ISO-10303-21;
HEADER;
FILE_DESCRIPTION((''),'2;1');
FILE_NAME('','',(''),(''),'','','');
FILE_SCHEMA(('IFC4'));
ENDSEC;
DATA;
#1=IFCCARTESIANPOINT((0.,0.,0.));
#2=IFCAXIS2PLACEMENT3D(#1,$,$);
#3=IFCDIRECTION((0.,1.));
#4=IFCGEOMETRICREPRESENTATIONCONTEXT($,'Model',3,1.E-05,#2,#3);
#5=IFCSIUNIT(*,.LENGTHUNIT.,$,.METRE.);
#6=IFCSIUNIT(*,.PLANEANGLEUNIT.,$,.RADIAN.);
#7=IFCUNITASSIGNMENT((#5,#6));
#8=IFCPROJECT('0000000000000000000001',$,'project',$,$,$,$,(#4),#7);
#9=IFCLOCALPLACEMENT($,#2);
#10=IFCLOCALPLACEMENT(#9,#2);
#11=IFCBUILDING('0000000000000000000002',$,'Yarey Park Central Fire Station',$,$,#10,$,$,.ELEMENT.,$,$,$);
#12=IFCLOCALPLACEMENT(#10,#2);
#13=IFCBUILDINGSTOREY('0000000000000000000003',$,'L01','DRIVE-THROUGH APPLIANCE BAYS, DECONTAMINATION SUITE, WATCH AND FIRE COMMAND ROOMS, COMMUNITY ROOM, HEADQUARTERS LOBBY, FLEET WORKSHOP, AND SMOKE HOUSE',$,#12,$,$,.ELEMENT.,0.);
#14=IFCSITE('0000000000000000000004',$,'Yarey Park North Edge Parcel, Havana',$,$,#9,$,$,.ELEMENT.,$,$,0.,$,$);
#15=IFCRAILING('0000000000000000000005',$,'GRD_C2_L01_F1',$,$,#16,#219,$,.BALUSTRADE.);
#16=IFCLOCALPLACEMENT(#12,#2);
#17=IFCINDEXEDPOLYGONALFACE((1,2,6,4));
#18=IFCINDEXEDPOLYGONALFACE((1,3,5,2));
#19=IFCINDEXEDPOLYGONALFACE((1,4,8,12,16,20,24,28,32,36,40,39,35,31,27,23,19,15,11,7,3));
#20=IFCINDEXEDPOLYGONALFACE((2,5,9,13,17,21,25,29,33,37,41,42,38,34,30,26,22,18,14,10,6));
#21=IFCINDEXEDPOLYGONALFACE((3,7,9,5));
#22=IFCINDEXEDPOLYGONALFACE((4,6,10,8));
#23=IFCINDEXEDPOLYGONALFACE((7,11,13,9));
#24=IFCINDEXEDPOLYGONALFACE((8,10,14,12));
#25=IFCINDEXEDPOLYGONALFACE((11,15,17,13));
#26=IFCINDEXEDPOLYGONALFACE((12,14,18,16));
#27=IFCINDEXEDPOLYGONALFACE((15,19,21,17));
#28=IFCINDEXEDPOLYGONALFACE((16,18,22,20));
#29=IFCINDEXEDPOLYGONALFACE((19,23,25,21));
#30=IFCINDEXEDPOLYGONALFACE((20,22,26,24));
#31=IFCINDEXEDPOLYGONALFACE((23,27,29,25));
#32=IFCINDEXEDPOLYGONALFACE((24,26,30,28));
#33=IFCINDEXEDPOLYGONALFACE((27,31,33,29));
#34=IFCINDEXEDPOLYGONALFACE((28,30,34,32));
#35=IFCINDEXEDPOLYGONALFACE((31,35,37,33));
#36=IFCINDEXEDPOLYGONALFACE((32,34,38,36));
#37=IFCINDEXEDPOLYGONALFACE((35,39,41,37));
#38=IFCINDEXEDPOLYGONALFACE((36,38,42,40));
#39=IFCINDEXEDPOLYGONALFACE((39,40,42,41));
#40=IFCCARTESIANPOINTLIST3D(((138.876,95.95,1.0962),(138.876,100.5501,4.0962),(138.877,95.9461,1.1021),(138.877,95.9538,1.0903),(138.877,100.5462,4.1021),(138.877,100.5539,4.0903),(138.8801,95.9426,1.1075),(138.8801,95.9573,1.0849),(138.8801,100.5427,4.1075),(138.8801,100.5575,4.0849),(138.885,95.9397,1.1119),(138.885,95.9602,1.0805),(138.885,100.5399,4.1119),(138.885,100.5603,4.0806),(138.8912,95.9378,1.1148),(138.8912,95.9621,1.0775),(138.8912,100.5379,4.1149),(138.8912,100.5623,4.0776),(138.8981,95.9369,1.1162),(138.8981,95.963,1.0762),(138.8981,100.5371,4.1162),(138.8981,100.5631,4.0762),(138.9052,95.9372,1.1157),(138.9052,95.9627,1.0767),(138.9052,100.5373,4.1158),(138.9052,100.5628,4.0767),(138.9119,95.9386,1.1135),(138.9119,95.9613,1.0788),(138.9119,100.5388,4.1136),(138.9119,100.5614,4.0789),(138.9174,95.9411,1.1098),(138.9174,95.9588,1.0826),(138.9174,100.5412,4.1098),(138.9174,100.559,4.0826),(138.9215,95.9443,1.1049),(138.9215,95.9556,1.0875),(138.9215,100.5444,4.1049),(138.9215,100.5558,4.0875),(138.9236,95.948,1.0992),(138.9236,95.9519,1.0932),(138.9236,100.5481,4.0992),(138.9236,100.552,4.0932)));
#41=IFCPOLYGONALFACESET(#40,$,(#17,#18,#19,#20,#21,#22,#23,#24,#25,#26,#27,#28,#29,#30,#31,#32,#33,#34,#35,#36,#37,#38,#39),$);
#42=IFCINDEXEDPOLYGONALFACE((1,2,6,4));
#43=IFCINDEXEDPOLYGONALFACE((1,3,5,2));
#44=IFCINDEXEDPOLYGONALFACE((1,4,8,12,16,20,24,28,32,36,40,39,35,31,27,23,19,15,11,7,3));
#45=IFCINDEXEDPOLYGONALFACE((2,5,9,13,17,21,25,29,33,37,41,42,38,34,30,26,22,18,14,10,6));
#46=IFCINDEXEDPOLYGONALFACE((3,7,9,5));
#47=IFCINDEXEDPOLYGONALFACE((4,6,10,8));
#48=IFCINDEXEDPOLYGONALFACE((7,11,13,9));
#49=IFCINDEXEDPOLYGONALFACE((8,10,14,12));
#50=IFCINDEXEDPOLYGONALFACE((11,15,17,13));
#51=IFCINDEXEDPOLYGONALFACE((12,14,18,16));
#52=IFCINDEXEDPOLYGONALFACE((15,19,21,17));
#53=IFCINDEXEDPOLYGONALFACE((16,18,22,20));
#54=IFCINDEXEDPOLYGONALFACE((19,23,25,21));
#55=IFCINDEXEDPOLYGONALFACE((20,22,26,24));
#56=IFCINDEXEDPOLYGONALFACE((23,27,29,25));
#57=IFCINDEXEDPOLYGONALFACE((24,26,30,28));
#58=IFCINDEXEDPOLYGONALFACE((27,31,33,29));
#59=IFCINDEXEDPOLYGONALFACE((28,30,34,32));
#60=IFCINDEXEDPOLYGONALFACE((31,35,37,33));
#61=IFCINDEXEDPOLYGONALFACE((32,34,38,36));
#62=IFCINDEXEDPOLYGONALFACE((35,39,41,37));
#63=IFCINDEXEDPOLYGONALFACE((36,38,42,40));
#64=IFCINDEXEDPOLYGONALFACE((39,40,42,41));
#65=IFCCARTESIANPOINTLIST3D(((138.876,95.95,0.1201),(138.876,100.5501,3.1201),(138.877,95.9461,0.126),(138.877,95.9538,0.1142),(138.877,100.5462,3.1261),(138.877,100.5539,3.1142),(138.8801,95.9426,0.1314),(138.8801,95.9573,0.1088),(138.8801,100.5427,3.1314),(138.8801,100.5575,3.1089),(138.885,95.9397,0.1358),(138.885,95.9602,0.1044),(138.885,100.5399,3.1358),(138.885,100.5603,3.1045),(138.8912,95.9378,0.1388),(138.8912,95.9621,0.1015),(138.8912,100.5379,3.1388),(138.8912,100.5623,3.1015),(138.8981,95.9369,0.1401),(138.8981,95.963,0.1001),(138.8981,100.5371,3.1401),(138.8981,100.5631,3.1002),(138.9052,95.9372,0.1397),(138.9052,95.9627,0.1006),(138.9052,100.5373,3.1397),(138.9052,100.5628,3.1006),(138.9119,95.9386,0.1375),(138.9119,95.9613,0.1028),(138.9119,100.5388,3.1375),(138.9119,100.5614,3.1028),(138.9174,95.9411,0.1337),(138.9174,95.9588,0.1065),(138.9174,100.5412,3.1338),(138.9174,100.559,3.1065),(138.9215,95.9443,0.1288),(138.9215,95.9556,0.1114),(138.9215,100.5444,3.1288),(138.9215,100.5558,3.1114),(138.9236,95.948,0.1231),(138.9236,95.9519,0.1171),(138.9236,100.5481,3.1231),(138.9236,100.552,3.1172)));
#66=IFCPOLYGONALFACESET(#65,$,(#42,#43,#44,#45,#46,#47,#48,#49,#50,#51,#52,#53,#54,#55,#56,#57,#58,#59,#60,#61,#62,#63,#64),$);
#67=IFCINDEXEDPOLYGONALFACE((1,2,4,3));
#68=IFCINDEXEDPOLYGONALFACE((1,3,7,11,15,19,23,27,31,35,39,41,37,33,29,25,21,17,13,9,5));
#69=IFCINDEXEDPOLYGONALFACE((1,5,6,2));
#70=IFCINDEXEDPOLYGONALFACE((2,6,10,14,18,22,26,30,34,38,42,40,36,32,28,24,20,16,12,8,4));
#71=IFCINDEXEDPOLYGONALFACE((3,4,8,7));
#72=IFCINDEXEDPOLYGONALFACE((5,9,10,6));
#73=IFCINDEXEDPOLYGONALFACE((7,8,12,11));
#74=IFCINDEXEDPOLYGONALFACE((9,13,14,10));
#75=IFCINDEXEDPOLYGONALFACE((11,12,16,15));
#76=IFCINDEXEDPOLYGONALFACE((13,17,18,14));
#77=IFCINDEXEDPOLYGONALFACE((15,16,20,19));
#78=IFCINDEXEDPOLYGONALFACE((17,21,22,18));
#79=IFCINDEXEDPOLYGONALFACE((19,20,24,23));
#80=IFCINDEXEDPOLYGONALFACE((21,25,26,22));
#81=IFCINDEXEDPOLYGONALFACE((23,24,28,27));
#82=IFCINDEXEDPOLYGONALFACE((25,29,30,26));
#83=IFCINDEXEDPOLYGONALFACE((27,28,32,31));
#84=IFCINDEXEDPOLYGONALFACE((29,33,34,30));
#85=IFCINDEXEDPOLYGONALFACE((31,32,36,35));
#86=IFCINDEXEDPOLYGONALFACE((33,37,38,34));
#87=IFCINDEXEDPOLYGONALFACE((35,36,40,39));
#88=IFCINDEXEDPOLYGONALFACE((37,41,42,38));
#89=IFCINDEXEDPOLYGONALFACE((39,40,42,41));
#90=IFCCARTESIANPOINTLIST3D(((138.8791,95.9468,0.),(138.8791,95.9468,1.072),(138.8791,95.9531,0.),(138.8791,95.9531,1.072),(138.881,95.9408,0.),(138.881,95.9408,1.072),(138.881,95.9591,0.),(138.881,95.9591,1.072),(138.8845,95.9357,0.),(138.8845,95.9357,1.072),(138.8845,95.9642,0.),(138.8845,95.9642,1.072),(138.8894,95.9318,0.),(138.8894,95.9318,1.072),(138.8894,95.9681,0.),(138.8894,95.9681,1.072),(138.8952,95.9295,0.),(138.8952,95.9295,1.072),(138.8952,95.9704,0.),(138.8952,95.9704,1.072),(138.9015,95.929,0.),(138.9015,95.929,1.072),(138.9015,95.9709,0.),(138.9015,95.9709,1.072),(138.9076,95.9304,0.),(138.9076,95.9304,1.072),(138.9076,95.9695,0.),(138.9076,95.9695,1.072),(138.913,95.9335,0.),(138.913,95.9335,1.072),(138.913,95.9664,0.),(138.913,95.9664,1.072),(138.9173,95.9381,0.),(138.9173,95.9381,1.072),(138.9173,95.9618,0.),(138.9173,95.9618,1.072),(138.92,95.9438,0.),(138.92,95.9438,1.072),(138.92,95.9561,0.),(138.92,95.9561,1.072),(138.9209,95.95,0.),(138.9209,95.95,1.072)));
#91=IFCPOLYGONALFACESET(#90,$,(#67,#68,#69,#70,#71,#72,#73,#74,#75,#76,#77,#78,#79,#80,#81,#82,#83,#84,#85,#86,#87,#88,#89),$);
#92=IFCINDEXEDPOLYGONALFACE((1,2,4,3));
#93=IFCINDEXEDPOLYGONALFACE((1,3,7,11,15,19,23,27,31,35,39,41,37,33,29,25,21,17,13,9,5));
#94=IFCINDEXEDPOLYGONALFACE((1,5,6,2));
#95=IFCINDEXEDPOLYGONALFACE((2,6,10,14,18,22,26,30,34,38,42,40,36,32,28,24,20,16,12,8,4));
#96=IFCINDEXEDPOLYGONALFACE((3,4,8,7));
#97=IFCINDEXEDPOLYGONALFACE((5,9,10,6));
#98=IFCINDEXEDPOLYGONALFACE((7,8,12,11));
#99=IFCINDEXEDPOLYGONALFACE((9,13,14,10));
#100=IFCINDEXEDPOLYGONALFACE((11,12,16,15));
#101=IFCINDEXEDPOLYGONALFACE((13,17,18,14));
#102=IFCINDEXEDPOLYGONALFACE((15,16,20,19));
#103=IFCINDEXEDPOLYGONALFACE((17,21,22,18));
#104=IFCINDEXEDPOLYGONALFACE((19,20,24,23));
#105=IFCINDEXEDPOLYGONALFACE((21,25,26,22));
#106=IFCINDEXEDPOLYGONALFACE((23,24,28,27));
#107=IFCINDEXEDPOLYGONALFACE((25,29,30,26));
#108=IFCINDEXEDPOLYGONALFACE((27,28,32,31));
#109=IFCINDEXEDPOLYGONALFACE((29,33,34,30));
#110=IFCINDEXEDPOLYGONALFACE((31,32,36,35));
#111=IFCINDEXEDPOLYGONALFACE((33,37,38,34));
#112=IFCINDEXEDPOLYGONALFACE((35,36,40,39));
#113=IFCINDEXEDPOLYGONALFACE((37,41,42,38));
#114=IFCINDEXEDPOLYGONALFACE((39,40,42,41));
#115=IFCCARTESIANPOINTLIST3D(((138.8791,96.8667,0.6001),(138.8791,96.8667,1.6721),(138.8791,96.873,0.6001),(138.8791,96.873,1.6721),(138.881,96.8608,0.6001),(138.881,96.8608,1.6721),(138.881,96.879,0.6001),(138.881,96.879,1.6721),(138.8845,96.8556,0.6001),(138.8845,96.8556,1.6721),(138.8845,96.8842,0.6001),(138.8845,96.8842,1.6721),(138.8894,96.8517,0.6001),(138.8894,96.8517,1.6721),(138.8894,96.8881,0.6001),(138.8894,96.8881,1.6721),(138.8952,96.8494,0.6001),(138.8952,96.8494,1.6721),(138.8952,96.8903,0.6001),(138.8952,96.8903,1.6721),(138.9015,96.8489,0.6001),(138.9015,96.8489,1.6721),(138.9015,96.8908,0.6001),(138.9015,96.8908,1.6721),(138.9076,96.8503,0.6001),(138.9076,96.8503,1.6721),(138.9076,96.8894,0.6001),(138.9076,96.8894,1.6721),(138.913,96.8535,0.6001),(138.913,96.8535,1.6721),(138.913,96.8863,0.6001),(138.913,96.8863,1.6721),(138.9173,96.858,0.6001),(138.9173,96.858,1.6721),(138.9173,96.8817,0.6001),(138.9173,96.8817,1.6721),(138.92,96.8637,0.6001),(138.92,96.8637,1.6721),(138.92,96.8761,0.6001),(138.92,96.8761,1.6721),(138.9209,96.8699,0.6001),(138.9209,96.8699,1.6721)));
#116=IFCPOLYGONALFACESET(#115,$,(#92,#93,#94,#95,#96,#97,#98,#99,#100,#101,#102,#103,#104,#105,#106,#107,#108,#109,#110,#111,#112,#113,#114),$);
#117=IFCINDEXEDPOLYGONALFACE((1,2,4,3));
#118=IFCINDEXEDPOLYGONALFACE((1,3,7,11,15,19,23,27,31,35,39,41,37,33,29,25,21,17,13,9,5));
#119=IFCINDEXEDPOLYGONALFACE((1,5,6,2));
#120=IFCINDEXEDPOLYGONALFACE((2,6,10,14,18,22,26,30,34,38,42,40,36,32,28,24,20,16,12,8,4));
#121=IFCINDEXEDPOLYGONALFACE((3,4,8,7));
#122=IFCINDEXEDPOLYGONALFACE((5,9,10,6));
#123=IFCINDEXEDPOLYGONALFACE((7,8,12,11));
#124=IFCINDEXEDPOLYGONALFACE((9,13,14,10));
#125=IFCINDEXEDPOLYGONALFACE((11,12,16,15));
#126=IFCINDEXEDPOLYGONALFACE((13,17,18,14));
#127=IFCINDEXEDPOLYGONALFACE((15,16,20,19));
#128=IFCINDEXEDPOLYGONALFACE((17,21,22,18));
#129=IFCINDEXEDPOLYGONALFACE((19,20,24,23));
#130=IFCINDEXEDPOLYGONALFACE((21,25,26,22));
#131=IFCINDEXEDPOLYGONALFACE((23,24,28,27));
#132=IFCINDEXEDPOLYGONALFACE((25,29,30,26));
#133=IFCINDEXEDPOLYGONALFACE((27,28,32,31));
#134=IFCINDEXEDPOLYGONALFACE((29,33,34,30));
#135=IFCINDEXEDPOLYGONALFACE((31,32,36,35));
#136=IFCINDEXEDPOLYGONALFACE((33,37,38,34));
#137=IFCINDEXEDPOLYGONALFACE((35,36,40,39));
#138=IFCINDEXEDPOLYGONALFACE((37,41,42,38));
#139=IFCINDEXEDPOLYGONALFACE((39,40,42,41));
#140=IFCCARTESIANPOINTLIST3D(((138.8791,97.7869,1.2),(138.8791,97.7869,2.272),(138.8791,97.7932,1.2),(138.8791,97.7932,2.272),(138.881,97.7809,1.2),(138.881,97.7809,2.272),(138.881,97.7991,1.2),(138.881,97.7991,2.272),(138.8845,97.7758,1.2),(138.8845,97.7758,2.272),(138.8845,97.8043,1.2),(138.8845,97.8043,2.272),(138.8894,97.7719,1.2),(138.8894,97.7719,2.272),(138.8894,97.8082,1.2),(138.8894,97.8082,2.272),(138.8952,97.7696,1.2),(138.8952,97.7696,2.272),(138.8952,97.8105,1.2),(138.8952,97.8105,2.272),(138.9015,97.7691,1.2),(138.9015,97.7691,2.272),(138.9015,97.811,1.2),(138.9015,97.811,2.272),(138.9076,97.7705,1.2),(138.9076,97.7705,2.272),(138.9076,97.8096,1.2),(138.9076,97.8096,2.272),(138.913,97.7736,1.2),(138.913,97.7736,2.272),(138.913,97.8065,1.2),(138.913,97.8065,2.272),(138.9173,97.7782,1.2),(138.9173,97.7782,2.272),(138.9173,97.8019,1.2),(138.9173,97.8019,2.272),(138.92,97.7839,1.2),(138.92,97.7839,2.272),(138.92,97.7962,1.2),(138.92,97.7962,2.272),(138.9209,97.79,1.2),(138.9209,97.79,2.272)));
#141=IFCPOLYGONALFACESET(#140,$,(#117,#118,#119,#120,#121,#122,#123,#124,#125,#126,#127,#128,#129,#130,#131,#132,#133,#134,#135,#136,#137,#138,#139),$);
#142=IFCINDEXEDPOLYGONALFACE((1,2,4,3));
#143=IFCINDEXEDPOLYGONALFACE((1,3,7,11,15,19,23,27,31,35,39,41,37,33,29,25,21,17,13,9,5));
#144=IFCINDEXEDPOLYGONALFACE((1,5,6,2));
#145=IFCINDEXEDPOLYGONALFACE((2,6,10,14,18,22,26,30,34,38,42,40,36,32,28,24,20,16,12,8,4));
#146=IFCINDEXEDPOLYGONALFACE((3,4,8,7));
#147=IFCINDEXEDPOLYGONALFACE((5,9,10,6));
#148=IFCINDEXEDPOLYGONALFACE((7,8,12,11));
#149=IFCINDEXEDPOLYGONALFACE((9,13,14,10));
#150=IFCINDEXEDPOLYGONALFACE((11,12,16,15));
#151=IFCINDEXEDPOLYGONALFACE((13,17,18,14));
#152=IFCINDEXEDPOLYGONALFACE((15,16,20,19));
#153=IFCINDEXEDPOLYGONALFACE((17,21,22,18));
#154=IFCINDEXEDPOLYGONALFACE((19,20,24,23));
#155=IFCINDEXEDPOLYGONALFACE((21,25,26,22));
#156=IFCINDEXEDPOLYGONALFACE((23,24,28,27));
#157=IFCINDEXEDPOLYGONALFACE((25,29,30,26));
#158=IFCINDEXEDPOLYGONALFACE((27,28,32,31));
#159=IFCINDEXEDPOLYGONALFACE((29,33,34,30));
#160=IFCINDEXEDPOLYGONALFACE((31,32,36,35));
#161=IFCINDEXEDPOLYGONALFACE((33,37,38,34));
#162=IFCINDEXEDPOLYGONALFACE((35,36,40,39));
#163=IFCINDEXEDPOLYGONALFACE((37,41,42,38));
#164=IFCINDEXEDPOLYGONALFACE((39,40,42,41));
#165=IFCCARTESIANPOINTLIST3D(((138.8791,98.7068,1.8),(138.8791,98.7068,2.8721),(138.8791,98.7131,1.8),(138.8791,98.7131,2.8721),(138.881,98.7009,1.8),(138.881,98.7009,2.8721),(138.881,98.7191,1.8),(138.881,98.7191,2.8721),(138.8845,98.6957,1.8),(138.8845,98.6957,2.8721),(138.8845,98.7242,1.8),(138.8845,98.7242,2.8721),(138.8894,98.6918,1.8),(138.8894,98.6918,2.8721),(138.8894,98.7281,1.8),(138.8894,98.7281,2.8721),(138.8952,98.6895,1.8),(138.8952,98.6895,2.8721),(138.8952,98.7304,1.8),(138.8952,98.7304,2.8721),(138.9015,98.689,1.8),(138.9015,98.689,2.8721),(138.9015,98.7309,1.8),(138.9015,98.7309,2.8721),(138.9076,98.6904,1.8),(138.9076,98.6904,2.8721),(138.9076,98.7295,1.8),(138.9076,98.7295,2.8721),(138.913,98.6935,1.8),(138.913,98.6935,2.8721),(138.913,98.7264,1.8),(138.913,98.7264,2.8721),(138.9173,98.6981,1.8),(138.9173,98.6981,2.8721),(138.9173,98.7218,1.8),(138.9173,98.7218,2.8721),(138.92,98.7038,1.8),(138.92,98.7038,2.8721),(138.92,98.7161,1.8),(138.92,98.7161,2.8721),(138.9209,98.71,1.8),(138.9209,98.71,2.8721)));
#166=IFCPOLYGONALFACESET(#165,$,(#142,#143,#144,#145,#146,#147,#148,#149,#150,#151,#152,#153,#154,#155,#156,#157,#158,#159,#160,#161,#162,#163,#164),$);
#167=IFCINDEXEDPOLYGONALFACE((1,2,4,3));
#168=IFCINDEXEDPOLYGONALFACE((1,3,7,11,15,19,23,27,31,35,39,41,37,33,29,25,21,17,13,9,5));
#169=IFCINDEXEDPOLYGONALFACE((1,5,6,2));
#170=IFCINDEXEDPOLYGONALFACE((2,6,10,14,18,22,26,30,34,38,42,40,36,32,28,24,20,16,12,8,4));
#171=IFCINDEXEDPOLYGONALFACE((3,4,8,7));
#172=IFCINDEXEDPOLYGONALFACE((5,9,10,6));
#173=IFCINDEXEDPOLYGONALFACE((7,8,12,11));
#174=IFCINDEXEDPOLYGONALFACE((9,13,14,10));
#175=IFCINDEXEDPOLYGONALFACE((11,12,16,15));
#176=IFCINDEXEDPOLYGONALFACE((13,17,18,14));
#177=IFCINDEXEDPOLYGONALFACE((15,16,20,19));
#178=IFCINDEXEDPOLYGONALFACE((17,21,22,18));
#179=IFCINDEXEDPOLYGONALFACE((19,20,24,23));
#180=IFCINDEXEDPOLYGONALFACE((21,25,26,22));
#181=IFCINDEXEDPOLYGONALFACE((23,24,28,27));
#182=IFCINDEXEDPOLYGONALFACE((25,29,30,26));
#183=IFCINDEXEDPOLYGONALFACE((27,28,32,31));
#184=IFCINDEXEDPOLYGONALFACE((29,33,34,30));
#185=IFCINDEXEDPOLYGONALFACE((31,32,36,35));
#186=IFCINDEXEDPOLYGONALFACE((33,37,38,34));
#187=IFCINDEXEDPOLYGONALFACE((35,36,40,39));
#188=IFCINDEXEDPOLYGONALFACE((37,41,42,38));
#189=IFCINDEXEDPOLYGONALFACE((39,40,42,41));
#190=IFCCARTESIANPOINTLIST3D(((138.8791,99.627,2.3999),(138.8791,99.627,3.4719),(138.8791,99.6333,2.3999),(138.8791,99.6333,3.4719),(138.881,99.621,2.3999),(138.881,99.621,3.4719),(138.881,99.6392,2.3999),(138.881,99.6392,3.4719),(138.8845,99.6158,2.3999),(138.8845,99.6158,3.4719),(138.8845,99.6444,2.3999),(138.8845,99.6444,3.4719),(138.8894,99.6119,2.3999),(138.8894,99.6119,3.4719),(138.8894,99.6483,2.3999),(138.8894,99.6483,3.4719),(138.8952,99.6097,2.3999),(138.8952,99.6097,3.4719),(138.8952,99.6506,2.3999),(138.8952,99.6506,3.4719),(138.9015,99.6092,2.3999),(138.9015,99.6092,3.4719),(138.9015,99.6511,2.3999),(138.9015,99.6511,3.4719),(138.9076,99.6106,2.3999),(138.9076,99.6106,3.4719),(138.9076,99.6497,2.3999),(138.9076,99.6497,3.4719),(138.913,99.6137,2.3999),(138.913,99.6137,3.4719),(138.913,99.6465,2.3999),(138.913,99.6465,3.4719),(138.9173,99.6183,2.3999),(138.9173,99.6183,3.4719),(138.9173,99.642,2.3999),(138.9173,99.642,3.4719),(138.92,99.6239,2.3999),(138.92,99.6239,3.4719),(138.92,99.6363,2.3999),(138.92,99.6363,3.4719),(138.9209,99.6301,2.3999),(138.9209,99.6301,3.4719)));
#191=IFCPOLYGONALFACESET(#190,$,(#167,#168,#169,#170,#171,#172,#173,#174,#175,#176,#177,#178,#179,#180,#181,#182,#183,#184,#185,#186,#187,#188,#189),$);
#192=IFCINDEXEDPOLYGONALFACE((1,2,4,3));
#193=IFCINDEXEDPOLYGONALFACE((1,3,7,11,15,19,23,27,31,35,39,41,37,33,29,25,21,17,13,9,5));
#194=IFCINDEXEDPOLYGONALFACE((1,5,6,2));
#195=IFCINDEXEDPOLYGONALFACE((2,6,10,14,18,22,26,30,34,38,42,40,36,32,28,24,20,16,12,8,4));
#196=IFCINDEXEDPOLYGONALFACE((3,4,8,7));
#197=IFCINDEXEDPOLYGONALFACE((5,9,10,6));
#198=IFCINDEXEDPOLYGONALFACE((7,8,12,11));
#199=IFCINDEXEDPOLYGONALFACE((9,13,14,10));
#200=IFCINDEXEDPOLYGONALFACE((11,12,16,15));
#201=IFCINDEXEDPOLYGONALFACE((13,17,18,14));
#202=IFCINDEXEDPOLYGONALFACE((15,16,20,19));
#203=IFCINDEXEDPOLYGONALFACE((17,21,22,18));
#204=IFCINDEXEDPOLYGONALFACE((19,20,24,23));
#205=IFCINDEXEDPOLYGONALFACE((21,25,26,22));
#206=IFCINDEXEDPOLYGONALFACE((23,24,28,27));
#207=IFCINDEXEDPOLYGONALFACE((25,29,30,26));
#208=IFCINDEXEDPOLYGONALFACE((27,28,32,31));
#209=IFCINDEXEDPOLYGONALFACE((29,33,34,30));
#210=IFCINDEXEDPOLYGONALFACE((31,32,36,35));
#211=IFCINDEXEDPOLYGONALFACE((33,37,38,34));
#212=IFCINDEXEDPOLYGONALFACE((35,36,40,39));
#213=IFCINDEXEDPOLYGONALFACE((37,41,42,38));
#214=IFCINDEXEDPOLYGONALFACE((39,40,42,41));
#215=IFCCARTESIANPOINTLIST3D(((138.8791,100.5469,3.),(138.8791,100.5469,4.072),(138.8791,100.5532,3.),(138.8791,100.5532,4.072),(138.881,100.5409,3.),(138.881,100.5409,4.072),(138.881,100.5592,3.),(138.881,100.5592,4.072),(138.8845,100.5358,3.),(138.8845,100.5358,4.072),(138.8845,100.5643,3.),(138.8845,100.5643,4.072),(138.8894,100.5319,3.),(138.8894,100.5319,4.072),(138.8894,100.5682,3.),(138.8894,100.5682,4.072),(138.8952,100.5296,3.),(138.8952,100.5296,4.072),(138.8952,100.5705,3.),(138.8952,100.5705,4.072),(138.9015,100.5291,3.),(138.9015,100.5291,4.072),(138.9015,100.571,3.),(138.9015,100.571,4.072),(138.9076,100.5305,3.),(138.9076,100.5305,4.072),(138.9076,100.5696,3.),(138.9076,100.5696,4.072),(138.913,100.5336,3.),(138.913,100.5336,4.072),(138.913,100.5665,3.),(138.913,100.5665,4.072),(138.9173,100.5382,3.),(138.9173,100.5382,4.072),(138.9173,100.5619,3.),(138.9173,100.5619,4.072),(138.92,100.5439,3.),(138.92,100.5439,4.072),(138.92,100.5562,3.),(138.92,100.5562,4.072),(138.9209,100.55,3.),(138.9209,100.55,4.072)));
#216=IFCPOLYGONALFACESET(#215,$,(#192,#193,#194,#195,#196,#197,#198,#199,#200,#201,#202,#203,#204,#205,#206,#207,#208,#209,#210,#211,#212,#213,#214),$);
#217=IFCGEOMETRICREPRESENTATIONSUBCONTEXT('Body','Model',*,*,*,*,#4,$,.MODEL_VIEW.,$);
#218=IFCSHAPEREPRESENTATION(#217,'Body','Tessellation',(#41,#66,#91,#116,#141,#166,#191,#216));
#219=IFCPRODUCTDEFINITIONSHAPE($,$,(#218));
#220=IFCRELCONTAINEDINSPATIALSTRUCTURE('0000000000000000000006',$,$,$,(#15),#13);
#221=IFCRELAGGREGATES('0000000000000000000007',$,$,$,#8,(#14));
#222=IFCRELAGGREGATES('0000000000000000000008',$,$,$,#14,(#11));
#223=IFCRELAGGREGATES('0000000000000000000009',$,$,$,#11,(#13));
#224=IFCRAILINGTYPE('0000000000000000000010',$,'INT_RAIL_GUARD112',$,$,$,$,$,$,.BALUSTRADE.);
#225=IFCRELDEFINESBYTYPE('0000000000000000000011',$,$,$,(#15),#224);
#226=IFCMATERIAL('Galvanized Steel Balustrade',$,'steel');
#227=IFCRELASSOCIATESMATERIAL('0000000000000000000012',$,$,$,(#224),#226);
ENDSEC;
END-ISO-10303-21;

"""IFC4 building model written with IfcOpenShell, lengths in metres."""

from ifc_helpers import new_model, si_unit, direction, frame, origin, origin_2d, place, context, subcontext, project, spatial, circle, extrude, material, type_object, element, save


model = new_model("IFC4")

# Units and contexts
model_context = context("Model", 3, precision=1e-05, world=origin(), true_north=direction((0.0, 1.0)))
body_context = subcontext(model_context, "Body", "Model", "MODEL_VIEW")
ifc_project = project(units=[si_unit("LENGTHUNIT", "METRE"), si_unit("PLANEANGLEUNIT", "RADIAN")], contexts=[model_context])

# Site, building, storey
site_placement = place(None, origin())
site = spatial("IfcSite", under=ifc_project, at=site_placement, Name="Yarey Park North Edge Parcel, Havana", CompositionType="ELEMENT", RefElevation=0.0)
building_placement = place(site_placement, origin())
building = spatial("IfcBuilding", under=site, at=building_placement, Name="Yarey Park Central Fire Station", CompositionType="ELEMENT")
storey_placement = place(building_placement, origin())
storey = spatial("IfcBuildingStorey", under=building, at=storey_placement, Name="L01", Description="DRIVE-THROUGH APPLIANCE BAYS, DECONTAMINATION SUITE, WATCH AND FIRE COMMAND ROOMS, COMMUNITY ROOM, HEADQUARTERS LOBBY, FLEET WORKSHOP, AND SMOKE HOUSE", CompositionType="ELEMENT", Elevation=0.0)

# Railing
ifc_material_1 = material(Name="Galvanized Steel Balustrade", Category="steel")
railing_type_1 = type_object("IfcRailingType", Name="INT_RAIL_GUARD112", PredefinedType="BALUSTRADE", material=ifc_material_1)
railing_1_placement = place(storey_placement, frame((138.8999, 95.95, 0.0)))
element("IfcRailing", 1, at=railing_1_placement, inside=storey, type_object=railing_type_1, Name="GRD_C2_L01_F1", PredefinedType="BALUSTRADE", context=body_context, shape_type="SweptSolid", body=[
    extrude(circle(Radius=0.0239, at=origin_2d()), frame((0.0, 0.0, 1.0962), z_axis=(0.0, 0.837616, 0.54626), x_axis=(-1.0, 0.0, 0.0)), (0.0, 0.0, 1.0), 5.4919),
    extrude(circle(Radius=0.0239, at=origin_2d()), frame((0.0, 0.0, 0.1201), z_axis=(0.0, 0.837616, 0.54626), x_axis=(-1.0, 0.0, 0.0)), (0.0, 0.0, 1.0), 5.4919),
    extrude(circle(Radius=0.021, at=origin_2d()), origin(), (0.0, 0.0, 1.0), 1.072),
    extrude(circle(Radius=0.021, at=origin_2d()), frame((0.0, 0.9199, 0.6001)), (0.0, 0.0, 1.0), 1.072),
    extrude(circle(Radius=0.021, at=origin_2d()), frame((0.0, 1.8401, 1.2)), (0.0, 0.0, 1.0), 1.072),
    extrude(circle(Radius=0.021, at=origin_2d()), frame((0.0, 2.76, 1.8)), (0.0, 0.0, 1.0), 1.072),
    extrude(circle(Radius=0.021, at=origin_2d()), frame((0.0, 3.6802, 2.3999)), (0.0, 0.0, 1.0), 1.072),
    extrude(circle(Radius=0.021, at=origin_2d()), frame((0.0, 4.6001, 3.0)), (0.0, 0.0, 1.0), 1.072),
])

save(model, "model.ifc")
